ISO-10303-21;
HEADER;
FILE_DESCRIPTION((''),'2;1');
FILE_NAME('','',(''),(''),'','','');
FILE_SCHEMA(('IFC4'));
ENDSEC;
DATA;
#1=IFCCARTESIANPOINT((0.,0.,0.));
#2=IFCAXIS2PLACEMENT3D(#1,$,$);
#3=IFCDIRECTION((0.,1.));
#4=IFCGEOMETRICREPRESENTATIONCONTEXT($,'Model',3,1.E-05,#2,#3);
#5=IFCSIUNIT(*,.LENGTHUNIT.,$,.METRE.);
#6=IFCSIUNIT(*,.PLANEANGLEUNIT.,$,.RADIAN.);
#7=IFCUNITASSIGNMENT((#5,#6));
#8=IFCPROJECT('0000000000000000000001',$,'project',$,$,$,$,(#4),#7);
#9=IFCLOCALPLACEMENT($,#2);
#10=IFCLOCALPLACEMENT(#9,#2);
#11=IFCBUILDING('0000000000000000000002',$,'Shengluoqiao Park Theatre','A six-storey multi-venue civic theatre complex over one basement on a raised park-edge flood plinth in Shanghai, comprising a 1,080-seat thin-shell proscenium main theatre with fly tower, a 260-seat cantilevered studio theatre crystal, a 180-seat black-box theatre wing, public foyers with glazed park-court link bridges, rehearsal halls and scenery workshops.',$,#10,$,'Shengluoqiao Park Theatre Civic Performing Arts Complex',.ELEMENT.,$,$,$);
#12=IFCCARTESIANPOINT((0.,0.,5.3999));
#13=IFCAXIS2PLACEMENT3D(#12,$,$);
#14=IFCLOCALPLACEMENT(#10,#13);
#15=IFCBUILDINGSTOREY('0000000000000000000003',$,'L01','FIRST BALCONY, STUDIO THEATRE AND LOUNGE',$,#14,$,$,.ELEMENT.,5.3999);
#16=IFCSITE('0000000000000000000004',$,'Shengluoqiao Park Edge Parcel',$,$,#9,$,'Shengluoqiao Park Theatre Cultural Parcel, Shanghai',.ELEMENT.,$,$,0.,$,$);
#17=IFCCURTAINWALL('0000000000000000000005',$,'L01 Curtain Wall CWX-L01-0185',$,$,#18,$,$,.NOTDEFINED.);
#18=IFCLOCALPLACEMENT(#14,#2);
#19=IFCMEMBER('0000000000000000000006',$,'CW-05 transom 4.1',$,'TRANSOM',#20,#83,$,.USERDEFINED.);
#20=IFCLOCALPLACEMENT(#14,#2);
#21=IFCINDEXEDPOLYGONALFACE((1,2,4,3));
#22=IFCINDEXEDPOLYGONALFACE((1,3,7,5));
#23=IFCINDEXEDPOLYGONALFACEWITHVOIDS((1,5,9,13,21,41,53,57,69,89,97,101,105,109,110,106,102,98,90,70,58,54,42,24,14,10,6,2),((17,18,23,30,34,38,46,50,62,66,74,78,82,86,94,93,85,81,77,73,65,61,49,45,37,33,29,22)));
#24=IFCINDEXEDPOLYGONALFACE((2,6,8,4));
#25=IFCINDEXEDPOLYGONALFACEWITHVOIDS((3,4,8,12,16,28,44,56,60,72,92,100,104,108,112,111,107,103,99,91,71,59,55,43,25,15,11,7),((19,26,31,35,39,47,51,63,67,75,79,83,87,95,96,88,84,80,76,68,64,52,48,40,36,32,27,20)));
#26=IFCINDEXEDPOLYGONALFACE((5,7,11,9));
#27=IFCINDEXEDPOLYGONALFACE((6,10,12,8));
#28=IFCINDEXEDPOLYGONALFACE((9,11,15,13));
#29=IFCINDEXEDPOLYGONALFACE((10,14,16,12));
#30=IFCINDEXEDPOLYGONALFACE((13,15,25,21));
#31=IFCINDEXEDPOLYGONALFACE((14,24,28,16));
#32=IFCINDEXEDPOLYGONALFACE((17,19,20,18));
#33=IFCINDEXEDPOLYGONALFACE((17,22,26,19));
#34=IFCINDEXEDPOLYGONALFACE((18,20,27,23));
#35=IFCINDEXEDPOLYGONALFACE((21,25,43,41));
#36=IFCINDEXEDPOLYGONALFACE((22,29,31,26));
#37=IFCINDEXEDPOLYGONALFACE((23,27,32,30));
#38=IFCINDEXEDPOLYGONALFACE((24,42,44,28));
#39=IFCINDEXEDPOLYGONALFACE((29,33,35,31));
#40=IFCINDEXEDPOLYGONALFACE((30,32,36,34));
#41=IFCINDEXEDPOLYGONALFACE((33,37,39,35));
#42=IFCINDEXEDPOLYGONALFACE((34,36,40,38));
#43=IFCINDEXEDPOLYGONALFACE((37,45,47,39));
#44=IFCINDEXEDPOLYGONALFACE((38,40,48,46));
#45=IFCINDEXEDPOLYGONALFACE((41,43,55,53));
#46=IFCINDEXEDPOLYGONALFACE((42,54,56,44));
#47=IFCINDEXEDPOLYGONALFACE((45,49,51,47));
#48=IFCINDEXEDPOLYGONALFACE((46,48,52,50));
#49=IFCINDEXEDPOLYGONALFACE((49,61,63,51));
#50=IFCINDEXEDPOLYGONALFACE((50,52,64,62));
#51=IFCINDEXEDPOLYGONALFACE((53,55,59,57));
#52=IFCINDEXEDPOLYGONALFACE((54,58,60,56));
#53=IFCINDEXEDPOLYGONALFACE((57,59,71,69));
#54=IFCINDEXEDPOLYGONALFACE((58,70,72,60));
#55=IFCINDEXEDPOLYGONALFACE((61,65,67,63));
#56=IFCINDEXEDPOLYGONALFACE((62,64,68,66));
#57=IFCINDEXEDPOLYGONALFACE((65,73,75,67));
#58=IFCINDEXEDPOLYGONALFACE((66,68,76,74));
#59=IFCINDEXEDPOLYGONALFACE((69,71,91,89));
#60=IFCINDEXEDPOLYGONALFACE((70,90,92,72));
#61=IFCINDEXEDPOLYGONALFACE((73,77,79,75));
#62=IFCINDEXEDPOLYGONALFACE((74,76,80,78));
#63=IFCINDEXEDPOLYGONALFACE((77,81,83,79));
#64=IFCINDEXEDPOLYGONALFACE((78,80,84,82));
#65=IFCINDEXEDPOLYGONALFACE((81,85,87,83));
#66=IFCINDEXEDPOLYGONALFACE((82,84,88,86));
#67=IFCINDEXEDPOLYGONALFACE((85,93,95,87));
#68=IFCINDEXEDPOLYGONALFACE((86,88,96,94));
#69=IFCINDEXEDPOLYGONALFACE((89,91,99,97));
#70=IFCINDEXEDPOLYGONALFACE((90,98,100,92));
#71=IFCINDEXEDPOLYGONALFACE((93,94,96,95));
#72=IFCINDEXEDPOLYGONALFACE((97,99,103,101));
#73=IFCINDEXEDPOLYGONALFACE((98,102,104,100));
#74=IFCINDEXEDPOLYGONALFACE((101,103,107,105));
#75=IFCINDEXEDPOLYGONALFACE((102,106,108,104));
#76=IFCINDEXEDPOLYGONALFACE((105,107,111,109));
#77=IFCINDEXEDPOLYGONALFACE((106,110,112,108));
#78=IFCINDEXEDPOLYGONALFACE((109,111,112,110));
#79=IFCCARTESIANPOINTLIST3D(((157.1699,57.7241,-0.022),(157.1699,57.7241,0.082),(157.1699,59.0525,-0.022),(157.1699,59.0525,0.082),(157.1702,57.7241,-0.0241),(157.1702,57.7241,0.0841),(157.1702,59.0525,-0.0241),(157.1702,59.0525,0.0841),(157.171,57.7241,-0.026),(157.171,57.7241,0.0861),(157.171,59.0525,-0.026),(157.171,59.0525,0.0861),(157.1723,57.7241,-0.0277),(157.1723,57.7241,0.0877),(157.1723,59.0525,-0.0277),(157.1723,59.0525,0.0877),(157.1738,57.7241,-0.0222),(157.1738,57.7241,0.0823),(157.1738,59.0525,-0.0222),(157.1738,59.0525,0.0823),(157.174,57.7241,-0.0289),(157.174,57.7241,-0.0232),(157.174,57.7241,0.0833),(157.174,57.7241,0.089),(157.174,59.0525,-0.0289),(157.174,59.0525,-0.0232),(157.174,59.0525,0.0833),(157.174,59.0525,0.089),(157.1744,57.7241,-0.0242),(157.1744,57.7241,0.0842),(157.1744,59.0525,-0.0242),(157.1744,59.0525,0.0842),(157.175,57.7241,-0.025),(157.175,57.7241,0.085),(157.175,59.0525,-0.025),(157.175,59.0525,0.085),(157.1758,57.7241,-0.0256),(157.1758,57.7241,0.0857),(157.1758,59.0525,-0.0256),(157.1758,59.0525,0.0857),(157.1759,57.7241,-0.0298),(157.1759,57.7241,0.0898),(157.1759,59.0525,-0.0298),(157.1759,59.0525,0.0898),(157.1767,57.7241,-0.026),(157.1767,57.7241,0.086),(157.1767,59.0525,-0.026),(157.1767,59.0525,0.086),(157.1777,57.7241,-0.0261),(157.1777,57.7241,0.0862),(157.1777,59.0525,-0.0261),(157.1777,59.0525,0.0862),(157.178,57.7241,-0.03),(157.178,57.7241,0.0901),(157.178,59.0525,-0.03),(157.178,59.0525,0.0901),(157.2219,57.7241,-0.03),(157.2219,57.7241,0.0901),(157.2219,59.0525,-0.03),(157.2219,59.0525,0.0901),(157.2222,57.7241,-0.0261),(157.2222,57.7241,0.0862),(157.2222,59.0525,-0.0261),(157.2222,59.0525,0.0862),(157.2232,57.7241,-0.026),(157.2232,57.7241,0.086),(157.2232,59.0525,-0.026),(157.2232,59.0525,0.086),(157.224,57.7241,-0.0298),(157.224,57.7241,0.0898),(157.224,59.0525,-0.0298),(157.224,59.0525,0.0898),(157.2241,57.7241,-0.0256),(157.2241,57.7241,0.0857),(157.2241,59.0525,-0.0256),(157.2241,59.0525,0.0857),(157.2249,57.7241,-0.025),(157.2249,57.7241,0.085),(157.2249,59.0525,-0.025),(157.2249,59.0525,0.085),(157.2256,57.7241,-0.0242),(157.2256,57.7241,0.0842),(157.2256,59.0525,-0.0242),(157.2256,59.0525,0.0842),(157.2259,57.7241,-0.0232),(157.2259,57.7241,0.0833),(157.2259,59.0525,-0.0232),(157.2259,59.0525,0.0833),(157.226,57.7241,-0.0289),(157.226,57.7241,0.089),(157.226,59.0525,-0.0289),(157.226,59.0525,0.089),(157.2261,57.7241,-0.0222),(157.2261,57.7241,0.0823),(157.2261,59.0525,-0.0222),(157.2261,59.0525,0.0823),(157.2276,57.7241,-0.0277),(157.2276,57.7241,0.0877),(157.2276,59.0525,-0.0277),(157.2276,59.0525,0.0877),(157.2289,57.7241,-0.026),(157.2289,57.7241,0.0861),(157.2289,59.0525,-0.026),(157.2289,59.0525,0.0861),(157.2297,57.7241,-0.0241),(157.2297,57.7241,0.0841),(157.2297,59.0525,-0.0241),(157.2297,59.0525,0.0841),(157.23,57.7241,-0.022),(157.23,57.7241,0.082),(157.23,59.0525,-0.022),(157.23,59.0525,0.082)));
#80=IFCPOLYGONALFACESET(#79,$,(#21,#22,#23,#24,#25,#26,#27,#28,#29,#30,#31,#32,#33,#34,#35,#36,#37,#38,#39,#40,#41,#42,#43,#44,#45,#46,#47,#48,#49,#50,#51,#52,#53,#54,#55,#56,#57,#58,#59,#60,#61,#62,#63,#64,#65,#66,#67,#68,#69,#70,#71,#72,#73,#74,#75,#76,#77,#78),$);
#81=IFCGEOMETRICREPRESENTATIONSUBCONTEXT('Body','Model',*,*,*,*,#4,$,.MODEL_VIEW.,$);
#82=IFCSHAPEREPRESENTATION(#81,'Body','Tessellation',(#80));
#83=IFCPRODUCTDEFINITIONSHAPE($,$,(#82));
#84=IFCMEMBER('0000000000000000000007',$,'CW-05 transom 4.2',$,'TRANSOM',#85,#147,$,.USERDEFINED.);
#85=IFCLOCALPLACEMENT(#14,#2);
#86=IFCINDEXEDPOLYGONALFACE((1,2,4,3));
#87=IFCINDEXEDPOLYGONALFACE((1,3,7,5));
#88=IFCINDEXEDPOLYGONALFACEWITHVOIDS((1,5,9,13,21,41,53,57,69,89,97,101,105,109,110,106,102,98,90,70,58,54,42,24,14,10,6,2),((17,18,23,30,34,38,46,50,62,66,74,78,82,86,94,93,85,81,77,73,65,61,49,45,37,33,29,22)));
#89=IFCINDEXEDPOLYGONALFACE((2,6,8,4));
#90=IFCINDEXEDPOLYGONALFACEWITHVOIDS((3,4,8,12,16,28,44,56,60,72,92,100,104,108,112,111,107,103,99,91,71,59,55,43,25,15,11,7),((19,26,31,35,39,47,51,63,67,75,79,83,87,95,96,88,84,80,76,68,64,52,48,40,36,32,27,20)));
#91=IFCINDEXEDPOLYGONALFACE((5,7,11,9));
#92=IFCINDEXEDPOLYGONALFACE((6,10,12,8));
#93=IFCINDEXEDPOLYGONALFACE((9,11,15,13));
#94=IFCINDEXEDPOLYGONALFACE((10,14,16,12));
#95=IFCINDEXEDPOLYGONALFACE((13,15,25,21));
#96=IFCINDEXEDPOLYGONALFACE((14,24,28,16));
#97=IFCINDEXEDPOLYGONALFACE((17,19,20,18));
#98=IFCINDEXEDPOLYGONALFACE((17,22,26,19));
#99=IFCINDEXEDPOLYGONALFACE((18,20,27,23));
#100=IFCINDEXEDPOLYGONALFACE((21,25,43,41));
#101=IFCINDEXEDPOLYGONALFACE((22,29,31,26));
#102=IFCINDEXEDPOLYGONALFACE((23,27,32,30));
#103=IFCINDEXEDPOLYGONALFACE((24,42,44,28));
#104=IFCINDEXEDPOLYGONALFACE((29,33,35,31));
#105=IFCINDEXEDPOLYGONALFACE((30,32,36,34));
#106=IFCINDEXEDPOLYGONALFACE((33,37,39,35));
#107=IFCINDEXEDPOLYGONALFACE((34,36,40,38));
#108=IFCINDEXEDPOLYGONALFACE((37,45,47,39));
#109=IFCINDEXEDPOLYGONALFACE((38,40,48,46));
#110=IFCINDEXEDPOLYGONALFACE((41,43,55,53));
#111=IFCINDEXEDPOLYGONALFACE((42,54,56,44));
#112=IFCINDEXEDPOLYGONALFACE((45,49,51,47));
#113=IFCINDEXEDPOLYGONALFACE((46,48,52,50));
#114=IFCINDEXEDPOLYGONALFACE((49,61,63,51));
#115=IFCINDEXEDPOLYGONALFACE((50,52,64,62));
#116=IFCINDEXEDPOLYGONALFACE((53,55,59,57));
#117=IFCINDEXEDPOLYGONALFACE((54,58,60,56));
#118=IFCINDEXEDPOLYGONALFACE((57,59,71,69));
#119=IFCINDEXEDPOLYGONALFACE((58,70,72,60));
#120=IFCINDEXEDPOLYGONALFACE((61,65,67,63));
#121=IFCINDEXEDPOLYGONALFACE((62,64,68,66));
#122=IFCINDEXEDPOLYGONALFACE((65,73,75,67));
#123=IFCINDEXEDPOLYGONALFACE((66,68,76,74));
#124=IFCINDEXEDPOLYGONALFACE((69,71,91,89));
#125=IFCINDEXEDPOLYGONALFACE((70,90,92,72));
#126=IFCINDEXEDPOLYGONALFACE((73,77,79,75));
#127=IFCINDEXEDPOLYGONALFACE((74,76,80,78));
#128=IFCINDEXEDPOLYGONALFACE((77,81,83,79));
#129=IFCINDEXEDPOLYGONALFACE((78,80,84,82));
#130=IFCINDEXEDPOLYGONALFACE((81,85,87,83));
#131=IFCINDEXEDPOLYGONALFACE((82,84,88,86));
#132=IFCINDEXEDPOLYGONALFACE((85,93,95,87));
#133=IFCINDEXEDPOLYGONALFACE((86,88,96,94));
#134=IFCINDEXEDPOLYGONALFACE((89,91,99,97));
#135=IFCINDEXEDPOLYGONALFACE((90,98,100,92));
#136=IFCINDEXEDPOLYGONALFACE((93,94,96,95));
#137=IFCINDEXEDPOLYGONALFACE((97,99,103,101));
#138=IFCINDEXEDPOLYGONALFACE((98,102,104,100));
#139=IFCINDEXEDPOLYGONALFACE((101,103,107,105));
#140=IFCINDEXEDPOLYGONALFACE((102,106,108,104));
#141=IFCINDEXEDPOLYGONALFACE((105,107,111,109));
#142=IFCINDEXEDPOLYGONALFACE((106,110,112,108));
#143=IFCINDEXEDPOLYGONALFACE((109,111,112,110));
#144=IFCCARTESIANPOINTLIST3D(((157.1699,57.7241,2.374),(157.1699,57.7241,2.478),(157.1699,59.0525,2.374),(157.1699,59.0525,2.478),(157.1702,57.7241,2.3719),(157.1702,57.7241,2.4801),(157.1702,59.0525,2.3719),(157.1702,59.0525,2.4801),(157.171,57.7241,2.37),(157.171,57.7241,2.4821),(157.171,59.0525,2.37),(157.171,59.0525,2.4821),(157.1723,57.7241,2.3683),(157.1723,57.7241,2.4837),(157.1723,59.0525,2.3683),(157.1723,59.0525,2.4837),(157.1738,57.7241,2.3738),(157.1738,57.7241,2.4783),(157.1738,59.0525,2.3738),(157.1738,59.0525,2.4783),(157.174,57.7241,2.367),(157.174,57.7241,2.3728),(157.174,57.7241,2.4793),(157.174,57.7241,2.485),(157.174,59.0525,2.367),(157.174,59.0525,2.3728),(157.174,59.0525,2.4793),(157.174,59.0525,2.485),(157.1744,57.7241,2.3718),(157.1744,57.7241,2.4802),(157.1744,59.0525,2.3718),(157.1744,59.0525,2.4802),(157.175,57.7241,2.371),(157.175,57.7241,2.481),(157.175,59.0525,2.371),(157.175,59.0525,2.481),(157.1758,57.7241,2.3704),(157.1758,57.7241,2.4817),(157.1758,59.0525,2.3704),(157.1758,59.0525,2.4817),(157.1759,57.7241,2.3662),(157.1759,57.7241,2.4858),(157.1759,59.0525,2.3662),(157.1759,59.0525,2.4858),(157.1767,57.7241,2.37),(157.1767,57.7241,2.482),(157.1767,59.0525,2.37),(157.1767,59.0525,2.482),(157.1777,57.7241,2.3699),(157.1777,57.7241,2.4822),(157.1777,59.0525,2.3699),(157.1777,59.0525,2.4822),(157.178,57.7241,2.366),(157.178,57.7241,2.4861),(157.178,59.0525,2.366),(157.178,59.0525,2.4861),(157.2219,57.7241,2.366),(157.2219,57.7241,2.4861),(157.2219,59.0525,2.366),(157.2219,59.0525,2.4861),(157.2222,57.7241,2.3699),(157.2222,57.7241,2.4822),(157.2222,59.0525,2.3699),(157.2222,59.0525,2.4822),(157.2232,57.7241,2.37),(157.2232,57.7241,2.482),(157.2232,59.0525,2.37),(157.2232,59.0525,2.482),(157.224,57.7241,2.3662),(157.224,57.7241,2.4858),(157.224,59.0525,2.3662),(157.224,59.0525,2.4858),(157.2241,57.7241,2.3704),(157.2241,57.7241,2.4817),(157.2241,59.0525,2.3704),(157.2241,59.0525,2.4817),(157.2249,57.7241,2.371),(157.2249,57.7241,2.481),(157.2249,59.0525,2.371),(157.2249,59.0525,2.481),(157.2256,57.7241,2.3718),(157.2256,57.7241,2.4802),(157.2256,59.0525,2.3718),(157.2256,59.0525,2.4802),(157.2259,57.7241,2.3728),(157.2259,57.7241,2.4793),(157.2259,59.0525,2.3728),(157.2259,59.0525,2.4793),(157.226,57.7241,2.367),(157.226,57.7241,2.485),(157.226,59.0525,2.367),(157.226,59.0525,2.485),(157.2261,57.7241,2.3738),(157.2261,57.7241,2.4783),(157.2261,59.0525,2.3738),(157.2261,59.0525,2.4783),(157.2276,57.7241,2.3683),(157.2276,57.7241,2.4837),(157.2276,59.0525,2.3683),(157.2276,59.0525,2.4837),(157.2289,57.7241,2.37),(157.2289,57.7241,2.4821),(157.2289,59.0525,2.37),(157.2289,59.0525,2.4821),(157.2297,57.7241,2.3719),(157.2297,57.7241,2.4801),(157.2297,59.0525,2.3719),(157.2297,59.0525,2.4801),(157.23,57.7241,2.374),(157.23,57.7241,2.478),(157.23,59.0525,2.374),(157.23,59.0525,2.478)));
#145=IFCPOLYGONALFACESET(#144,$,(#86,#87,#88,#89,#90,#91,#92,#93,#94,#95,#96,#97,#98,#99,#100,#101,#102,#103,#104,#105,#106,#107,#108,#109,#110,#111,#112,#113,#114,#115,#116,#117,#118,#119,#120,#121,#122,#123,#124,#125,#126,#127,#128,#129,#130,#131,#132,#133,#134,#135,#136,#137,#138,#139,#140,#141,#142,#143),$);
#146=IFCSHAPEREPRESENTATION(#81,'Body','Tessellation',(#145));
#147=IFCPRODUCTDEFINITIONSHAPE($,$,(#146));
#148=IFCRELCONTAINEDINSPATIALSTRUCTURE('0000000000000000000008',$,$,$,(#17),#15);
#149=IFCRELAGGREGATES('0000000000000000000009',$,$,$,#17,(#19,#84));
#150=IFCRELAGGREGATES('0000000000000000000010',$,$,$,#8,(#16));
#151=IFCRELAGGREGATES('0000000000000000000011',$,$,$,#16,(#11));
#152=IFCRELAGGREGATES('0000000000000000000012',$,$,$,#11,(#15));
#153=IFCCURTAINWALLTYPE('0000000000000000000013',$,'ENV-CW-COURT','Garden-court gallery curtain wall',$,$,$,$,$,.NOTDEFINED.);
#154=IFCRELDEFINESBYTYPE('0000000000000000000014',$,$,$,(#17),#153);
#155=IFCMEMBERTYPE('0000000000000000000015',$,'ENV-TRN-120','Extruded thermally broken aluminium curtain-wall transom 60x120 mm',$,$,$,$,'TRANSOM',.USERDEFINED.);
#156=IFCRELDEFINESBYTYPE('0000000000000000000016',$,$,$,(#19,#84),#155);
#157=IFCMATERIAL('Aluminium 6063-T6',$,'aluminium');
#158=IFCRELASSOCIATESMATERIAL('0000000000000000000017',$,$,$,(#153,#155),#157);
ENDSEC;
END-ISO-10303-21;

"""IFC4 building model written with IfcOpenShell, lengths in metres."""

from ifc_helpers import new_model, si_unit, direction, frame, origin, origin_2d, place, context, subcontext, project, spatial, hollow_rectangle, extrude, material, material_profile, profile_set, type_object, element, aggregate, save


model = new_model("IFC4")

# Units and contexts
model_context = context("Model", 3, precision=1e-05, world=origin(), true_north=direction((0.0, 1.0)))
body_context = subcontext(model_context, "Body", "Model", "MODEL_VIEW")
ifc_project = project(units=[si_unit("LENGTHUNIT", "METRE"), si_unit("PLANEANGLEUNIT", "RADIAN")], contexts=[model_context])

# Site, building, storey
site_placement = place(None, origin())
site = spatial("IfcSite", under=ifc_project, at=site_placement, Name="Shengluoqiao Park Edge Parcel", LongName="Shengluoqiao Park Theatre Cultural Parcel, Shanghai", CompositionType="ELEMENT", RefElevation=0.0)
building_placement = place(site_placement, origin())
building = spatial("IfcBuilding", under=site, at=building_placement, Name="Shengluoqiao Park Theatre", Description="A six-storey multi-venue civic theatre complex over one basement on a raised park-edge flood plinth in Shanghai, comprising a 1,080-seat thin-shell proscenium main theatre with fly tower, a 260-seat cantilevered studio theatre crystal, a 180-seat black-box theatre wing, public foyers with glazed park-court link bridges, rehearsal halls and scenery workshops.", LongName="Shengluoqiao Park Theatre Civic Performing Arts Complex", CompositionType="ELEMENT")
storey_placement = place(building_placement, frame((0.0, 0.0, 5.3999)))
storey = spatial("IfcBuildingStorey", under=building, at=storey_placement, Name="L01", Description="FIRST BALCONY, STUDIO THEATRE AND LOUNGE", CompositionType="ELEMENT", Elevation=5.3999)

# Shared definitions
ifc_material_1 = material(Name="Aluminium 6063-T6", Category="aluminium")

# Curtain wall
curtain_wall_type_1 = type_object("IfcCurtainWallType", Name="ENV-CW-COURT", Description="Garden-court gallery curtain wall", PredefinedType="NOTDEFINED", material=ifc_material_1)
curtain_wall_1_placement = place(storey_placement, origin())
curtain_wall_1 = element("IfcCurtainWall", 1, at=curtain_wall_1_placement, inside=storey, type_object=curtain_wall_type_1, Name="L01 Curtain Wall CWX-L01-0185", PredefinedType="NOTDEFINED")

# Members
ifc_material_profile_1 = material_profile(ifc_material_1, hollow_rectangle(XDim=0.0601, YDim=0.1201, WallThickness=0.0039, InnerFilletRadius=0.0039, OuterFilletRadius=0.0081, at=origin_2d()), Name="ALU TRANSOM 120x60x4")
ifc_profile_set_1 = profile_set([ifc_material_profile_1], Name="Aluminium 6063-T6")
member_type_1 = type_object("IfcMemberType", Name="ENV-TRN-120", Description="Extruded thermally broken aluminium curtain-wall transom 60x120 mm", ElementType="TRANSOM", PredefinedType="USERDEFINED", material=ifc_profile_set_1)
member_1_placement = place(storey_placement, frame((157.2, 57.7241, 0.03), z_axis=(0.0, 1.0, 0.0), x_axis=(-1.0, 0.0, 0.0)))
member_1 = element("IfcMember", 2, at=member_1_placement, type_object=member_type_1, Name="CW-05 transom 4.1", ObjectType="TRANSOM", PredefinedType="USERDEFINED", context=body_context, shape_type="SweptSolid", body=[
    extrude(hollow_rectangle(XDim=0.0601, YDim=0.1201, WallThickness=0.0039, InnerFilletRadius=0.0039, OuterFilletRadius=0.0081, at=origin_2d()), origin(), (0.0, 0.0, 1.0), 1.3284),
])
member_2_placement = place(storey_placement, frame((157.2, 57.7241, 2.426), z_axis=(0.0, 1.0, 0.0), x_axis=(-1.0, 0.0, 0.0)))
member_2 = element("IfcMember", 3, at=member_2_placement, type_object=member_type_1, Name="CW-05 transom 4.2", ObjectType="TRANSOM", PredefinedType="USERDEFINED", context=body_context, shape_type="SweptSolid", body=[
    extrude(hollow_rectangle(XDim=0.0601, YDim=0.1201, WallThickness=0.0039, InnerFilletRadius=0.0039, OuterFilletRadius=0.0081, at=origin_2d()), origin(), (0.0, 0.0, 1.0), 1.3284),
])

aggregate(curtain_wall_1, [member_1, member_2])

save(model, "model.ifc")
